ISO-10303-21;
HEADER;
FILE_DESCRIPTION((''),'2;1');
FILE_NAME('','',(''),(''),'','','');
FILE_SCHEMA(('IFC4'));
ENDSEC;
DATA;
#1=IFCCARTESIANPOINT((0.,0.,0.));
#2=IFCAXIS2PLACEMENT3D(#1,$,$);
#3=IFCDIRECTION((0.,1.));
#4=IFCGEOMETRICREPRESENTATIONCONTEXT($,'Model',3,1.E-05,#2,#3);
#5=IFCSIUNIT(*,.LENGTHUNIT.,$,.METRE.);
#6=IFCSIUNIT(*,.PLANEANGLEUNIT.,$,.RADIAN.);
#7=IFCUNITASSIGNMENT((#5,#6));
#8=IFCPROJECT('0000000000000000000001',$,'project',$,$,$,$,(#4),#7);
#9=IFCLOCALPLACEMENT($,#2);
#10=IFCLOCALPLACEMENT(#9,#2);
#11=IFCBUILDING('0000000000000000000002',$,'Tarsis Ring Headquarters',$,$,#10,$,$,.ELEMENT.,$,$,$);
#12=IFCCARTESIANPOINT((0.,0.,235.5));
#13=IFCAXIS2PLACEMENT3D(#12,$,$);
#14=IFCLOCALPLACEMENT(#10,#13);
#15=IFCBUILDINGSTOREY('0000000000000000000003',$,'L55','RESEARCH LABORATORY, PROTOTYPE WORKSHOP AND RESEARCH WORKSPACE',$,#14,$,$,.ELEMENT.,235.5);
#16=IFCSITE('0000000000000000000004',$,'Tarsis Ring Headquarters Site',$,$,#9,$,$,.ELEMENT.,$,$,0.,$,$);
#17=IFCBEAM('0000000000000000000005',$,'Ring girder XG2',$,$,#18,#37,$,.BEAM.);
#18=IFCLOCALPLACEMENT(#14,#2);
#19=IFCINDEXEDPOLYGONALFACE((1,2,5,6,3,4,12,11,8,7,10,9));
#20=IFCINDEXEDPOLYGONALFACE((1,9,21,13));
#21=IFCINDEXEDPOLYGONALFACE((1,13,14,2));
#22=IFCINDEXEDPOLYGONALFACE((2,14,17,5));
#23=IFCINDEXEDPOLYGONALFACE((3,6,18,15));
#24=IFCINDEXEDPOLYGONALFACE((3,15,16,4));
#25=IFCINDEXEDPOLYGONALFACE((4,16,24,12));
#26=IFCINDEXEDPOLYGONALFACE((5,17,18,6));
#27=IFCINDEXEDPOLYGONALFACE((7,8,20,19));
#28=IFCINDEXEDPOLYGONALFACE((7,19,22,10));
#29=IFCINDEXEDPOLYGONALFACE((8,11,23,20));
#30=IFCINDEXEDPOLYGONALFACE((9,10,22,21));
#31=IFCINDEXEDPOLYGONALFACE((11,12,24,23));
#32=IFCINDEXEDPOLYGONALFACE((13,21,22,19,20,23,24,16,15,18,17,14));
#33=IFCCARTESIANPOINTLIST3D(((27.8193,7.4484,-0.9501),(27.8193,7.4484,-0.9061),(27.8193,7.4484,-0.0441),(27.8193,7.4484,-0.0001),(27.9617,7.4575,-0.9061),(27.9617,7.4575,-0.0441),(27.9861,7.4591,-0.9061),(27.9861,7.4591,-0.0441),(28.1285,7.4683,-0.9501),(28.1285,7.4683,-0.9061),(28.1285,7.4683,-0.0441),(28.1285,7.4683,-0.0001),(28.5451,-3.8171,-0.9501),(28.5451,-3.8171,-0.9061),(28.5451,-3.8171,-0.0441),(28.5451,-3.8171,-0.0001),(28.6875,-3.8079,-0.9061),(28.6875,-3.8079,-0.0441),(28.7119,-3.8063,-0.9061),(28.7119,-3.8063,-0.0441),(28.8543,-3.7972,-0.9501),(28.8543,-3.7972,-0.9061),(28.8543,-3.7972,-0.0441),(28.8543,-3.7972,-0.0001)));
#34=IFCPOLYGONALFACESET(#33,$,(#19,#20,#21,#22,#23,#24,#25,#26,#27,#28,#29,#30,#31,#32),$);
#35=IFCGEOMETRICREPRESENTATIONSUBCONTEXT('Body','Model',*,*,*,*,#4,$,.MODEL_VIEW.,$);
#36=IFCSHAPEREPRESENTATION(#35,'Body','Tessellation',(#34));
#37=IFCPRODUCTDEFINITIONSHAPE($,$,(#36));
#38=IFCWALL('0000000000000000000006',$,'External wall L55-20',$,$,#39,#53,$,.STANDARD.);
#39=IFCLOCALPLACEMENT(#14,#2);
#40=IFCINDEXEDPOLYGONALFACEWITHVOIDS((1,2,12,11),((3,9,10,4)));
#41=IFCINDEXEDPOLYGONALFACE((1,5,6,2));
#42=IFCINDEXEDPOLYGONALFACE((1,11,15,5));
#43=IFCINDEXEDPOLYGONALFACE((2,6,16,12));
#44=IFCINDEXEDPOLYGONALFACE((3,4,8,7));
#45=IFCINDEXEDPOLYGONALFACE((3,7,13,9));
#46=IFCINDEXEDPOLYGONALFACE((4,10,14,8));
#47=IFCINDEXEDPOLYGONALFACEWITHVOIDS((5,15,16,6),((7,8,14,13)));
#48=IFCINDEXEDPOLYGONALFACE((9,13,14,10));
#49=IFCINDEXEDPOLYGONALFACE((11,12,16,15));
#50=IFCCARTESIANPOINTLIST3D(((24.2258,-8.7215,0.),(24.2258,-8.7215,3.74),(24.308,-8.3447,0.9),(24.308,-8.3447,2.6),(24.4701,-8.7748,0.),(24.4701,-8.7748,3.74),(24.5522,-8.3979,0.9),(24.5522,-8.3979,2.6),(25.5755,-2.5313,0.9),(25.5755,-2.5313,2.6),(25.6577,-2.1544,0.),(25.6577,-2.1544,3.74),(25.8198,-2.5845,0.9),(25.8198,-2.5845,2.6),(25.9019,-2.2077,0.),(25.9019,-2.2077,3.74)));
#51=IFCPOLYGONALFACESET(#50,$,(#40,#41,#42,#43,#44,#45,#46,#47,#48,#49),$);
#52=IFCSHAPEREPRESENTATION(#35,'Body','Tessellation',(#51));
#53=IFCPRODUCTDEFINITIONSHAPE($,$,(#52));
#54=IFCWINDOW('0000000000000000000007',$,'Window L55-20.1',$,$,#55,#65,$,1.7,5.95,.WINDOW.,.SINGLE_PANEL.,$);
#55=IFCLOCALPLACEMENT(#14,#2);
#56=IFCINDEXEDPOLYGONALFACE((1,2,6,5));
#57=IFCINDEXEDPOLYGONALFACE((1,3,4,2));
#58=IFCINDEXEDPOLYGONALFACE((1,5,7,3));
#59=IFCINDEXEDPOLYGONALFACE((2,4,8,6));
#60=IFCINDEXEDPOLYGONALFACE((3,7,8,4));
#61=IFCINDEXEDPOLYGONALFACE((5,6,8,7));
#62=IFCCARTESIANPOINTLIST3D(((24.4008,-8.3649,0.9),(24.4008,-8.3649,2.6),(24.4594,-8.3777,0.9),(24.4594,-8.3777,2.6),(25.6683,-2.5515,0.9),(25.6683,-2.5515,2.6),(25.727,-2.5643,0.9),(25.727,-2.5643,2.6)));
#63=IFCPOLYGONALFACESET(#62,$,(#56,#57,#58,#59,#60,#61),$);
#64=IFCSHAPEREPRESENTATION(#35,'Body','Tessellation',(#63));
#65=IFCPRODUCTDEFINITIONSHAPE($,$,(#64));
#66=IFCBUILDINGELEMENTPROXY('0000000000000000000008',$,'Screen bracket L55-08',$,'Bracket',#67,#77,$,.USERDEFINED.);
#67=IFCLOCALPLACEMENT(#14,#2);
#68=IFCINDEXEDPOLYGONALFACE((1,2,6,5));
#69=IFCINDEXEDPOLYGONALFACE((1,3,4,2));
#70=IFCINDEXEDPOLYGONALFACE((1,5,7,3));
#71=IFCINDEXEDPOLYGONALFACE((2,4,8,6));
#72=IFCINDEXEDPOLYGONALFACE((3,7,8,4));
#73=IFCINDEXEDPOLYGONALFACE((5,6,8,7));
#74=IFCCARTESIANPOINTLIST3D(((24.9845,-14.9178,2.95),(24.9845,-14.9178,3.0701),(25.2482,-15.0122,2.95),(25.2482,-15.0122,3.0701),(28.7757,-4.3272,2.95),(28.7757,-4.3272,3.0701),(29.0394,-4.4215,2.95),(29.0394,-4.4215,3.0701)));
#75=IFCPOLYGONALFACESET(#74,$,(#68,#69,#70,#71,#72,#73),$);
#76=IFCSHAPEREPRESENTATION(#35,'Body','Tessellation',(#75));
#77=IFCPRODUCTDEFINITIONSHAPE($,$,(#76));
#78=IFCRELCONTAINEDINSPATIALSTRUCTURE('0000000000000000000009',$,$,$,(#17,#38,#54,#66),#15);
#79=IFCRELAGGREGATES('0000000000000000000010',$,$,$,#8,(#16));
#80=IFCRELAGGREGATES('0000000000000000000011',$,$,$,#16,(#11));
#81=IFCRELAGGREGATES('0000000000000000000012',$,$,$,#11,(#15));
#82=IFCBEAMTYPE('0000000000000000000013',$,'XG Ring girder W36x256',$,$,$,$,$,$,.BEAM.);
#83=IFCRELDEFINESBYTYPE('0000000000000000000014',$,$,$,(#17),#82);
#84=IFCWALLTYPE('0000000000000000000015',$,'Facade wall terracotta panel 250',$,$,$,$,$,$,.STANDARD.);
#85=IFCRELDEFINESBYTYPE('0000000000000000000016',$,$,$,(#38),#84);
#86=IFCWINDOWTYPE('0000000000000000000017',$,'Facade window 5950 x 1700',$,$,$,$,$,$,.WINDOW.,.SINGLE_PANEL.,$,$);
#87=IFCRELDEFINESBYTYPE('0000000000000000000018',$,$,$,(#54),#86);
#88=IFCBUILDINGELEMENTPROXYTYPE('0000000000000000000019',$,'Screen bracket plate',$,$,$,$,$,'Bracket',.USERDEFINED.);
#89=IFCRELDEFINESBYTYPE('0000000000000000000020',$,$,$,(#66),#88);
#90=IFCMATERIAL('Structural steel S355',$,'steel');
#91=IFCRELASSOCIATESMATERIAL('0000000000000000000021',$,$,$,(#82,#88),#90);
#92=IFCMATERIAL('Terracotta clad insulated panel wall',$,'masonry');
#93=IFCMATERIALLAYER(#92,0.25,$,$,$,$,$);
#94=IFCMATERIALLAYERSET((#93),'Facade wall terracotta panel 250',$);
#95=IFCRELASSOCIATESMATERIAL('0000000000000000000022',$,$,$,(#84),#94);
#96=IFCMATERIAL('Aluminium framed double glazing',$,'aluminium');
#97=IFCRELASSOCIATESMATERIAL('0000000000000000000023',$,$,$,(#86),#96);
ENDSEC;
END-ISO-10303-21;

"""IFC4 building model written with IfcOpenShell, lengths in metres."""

from ifc_helpers import new_model, si_unit, direction, frame, frame_2d, origin, origin_2d, place, context, subcontext, project, spatial, rectangle, i_section, extrude, material, layer, layer_set, material_profile, profile_set, type_object, element, fill, save


model = new_model("IFC4")

# Units and contexts
model_context = context("Model", 3, precision=1e-05, world=origin(), true_north=direction((0.0, 1.0)))
body_context = subcontext(model_context, "Body", "Model", "MODEL_VIEW")
ifc_project = project(units=[si_unit("LENGTHUNIT", "METRE"), si_unit("PLANEANGLEUNIT", "RADIAN")], contexts=[model_context])

# Site, building, storey
site_placement = place(None, origin())
site = spatial("IfcSite", under=ifc_project, at=site_placement, Name="Tarsis Ring Headquarters Site", CompositionType="ELEMENT", RefElevation=0.0)
building_placement = place(site_placement, origin())
building = spatial("IfcBuilding", under=site, at=building_placement, Name="Tarsis Ring Headquarters", CompositionType="ELEMENT")
storey_placement = place(building_placement, frame((0.0, 0.0, 235.5)))
storey = spatial("IfcBuildingStorey", under=building, at=storey_placement, Name="L55", Description="RESEARCH LABORATORY, PROTOTYPE WORKSHOP AND RESEARCH WORKSPACE", CompositionType="ELEMENT", Elevation=235.5)

# Shared definitions
ifc_material_1 = material(Name="Structural steel S355", Category="steel")

# Beam
ifc_material_profile_1 = material_profile(ifc_material_1, i_section(OverallWidth=0.3098, OverallDepth=0.95, WebThickness=0.0244, FlangeThickness=0.0439, at=origin_2d()), Name="W36x256")
ifc_profile_set_1 = profile_set([ifc_material_profile_1], Name="Structural steel S355")
beam_type = type_object("IfcBeamType", Name="XG Ring girder W36x256", PredefinedType="BEAM", material=ifc_profile_set_1)
beam_1_placement = place(storey_placement, frame((28.6997, -3.8071, -0.4751), z_axis=(-0.064297, 0.997931, 0.0), x_axis=(-0.997931, -0.064297, 0.0)))
element("IfcBeam", 1, at=beam_1_placement, inside=storey, type_object=beam_type, Name="Ring girder XG2", PredefinedType="BEAM", context=body_context, shape_type="SweptSolid", body=[
    extrude(i_section(OverallWidth=0.3098, OverallDepth=0.95, WebThickness=0.0244, FlangeThickness=0.0439, at=origin_2d()), origin(), (0.0, 0.0, 1.0), 11.2888),
])

# Wall, opening, window
ifc_material_2 = material(Name="Terracotta clad insulated panel wall", Category="masonry")
ifc_layer = layer(ifc_material_2, 0.25)
ifc_layer_set = layer_set([ifc_layer], Name="Facade wall terracotta panel 250")
wall_type = type_object("IfcWallType", Name="Facade wall terracotta panel 250", PredefinedType="STANDARD", material=ifc_layer_set)
wall_placement = place(storey_placement, frame((24.3479, -8.7483, 0.0), z_axis=(0.0, 0.0, 1.0), x_axis=(0.213033, 0.977045, 0.0)))
wall = element("IfcWall", 2, at=wall_placement, inside=storey, type_object=wall_type, Name="External wall L55-20", PredefinedType="STANDARD", context=body_context, shape_type="SweptSolid", body=[
    extrude(rectangle(XDim=6.7214, YDim=0.25, at=frame_2d((3.3608, 0.0))), origin(), (0.0, 0.0, 1.0), 3.74),
])
opening_placement = place(wall_placement, frame((0.3857, 0.0, 0.8999)))
opening = element("IfcOpeningElement", 3, at=opening_placement, cuts=wall, PredefinedType="OPENING", context=body_context, shape_type="SweptSolid", body=[
    extrude(rectangle(XDim=5.95, YDim=1.7, at=frame_2d((2.9751, 0.8501))), frame((0.0, 0.135, 0.0), z_axis=(0.0, -1.0, 0.0), x_axis=(1.0, 0.0, 0.0)), (0.0, 0.0, 1.0), 0.27),
])
ifc_material_3 = material(Name="Aluminium framed double glazing", Category="aluminium")
window_type = type_object("IfcWindowType", Name="Facade window 5950 x 1700", PartitioningType="SINGLE_PANEL", PredefinedType="WINDOW", material=ifc_material_3)
window_placement = place(opening_placement, origin())
window = element("IfcWindow", 4, at=window_placement, inside=storey, type_object=window_type, Name="Window L55-20.1", OverallHeight=1.7, OverallWidth=5.95, PartitioningType="SINGLE_PANEL", PredefinedType="WINDOW", context=body_context, shape_type="SweptSolid", body=[
    extrude(rectangle(XDim=5.95, YDim=1.7, at=frame_2d((2.9751, 0.8501))), frame((0.0, 0.03, 0.0), z_axis=(0.0, -1.0, 0.0), x_axis=(1.0, 0.0, 0.0)), (0.0, 0.0, 1.0), 0.0601),
])
fill(opening, window)

# Building element proxy
building_element_proxy_type = type_object("IfcBuildingElementProxyType", Name="Screen bracket plate", ElementType="Bracket", PredefinedType="USERDEFINED", material=ifc_material_1)
proxy_placement = place(storey_placement, frame((27.012, -9.6697, 2.95), z_axis=(0.0, 0.0, 1.0), x_axis=(0.337033, 0.941493, 0.0)))
element("IfcBuildingElementProxy", 5, at=proxy_placement, inside=storey, type_object=building_element_proxy_type, Name="Screen bracket L55-08", ObjectType="Bracket", PredefinedType="USERDEFINED", context=body_context, shape_type="SweptSolid", body=[
    extrude(rectangle(XDim=11.2488, YDim=0.28, at=origin_2d()), origin(), (0.0, 0.0, 1.0), 0.1201),
])

save(model, "model.ifc")
